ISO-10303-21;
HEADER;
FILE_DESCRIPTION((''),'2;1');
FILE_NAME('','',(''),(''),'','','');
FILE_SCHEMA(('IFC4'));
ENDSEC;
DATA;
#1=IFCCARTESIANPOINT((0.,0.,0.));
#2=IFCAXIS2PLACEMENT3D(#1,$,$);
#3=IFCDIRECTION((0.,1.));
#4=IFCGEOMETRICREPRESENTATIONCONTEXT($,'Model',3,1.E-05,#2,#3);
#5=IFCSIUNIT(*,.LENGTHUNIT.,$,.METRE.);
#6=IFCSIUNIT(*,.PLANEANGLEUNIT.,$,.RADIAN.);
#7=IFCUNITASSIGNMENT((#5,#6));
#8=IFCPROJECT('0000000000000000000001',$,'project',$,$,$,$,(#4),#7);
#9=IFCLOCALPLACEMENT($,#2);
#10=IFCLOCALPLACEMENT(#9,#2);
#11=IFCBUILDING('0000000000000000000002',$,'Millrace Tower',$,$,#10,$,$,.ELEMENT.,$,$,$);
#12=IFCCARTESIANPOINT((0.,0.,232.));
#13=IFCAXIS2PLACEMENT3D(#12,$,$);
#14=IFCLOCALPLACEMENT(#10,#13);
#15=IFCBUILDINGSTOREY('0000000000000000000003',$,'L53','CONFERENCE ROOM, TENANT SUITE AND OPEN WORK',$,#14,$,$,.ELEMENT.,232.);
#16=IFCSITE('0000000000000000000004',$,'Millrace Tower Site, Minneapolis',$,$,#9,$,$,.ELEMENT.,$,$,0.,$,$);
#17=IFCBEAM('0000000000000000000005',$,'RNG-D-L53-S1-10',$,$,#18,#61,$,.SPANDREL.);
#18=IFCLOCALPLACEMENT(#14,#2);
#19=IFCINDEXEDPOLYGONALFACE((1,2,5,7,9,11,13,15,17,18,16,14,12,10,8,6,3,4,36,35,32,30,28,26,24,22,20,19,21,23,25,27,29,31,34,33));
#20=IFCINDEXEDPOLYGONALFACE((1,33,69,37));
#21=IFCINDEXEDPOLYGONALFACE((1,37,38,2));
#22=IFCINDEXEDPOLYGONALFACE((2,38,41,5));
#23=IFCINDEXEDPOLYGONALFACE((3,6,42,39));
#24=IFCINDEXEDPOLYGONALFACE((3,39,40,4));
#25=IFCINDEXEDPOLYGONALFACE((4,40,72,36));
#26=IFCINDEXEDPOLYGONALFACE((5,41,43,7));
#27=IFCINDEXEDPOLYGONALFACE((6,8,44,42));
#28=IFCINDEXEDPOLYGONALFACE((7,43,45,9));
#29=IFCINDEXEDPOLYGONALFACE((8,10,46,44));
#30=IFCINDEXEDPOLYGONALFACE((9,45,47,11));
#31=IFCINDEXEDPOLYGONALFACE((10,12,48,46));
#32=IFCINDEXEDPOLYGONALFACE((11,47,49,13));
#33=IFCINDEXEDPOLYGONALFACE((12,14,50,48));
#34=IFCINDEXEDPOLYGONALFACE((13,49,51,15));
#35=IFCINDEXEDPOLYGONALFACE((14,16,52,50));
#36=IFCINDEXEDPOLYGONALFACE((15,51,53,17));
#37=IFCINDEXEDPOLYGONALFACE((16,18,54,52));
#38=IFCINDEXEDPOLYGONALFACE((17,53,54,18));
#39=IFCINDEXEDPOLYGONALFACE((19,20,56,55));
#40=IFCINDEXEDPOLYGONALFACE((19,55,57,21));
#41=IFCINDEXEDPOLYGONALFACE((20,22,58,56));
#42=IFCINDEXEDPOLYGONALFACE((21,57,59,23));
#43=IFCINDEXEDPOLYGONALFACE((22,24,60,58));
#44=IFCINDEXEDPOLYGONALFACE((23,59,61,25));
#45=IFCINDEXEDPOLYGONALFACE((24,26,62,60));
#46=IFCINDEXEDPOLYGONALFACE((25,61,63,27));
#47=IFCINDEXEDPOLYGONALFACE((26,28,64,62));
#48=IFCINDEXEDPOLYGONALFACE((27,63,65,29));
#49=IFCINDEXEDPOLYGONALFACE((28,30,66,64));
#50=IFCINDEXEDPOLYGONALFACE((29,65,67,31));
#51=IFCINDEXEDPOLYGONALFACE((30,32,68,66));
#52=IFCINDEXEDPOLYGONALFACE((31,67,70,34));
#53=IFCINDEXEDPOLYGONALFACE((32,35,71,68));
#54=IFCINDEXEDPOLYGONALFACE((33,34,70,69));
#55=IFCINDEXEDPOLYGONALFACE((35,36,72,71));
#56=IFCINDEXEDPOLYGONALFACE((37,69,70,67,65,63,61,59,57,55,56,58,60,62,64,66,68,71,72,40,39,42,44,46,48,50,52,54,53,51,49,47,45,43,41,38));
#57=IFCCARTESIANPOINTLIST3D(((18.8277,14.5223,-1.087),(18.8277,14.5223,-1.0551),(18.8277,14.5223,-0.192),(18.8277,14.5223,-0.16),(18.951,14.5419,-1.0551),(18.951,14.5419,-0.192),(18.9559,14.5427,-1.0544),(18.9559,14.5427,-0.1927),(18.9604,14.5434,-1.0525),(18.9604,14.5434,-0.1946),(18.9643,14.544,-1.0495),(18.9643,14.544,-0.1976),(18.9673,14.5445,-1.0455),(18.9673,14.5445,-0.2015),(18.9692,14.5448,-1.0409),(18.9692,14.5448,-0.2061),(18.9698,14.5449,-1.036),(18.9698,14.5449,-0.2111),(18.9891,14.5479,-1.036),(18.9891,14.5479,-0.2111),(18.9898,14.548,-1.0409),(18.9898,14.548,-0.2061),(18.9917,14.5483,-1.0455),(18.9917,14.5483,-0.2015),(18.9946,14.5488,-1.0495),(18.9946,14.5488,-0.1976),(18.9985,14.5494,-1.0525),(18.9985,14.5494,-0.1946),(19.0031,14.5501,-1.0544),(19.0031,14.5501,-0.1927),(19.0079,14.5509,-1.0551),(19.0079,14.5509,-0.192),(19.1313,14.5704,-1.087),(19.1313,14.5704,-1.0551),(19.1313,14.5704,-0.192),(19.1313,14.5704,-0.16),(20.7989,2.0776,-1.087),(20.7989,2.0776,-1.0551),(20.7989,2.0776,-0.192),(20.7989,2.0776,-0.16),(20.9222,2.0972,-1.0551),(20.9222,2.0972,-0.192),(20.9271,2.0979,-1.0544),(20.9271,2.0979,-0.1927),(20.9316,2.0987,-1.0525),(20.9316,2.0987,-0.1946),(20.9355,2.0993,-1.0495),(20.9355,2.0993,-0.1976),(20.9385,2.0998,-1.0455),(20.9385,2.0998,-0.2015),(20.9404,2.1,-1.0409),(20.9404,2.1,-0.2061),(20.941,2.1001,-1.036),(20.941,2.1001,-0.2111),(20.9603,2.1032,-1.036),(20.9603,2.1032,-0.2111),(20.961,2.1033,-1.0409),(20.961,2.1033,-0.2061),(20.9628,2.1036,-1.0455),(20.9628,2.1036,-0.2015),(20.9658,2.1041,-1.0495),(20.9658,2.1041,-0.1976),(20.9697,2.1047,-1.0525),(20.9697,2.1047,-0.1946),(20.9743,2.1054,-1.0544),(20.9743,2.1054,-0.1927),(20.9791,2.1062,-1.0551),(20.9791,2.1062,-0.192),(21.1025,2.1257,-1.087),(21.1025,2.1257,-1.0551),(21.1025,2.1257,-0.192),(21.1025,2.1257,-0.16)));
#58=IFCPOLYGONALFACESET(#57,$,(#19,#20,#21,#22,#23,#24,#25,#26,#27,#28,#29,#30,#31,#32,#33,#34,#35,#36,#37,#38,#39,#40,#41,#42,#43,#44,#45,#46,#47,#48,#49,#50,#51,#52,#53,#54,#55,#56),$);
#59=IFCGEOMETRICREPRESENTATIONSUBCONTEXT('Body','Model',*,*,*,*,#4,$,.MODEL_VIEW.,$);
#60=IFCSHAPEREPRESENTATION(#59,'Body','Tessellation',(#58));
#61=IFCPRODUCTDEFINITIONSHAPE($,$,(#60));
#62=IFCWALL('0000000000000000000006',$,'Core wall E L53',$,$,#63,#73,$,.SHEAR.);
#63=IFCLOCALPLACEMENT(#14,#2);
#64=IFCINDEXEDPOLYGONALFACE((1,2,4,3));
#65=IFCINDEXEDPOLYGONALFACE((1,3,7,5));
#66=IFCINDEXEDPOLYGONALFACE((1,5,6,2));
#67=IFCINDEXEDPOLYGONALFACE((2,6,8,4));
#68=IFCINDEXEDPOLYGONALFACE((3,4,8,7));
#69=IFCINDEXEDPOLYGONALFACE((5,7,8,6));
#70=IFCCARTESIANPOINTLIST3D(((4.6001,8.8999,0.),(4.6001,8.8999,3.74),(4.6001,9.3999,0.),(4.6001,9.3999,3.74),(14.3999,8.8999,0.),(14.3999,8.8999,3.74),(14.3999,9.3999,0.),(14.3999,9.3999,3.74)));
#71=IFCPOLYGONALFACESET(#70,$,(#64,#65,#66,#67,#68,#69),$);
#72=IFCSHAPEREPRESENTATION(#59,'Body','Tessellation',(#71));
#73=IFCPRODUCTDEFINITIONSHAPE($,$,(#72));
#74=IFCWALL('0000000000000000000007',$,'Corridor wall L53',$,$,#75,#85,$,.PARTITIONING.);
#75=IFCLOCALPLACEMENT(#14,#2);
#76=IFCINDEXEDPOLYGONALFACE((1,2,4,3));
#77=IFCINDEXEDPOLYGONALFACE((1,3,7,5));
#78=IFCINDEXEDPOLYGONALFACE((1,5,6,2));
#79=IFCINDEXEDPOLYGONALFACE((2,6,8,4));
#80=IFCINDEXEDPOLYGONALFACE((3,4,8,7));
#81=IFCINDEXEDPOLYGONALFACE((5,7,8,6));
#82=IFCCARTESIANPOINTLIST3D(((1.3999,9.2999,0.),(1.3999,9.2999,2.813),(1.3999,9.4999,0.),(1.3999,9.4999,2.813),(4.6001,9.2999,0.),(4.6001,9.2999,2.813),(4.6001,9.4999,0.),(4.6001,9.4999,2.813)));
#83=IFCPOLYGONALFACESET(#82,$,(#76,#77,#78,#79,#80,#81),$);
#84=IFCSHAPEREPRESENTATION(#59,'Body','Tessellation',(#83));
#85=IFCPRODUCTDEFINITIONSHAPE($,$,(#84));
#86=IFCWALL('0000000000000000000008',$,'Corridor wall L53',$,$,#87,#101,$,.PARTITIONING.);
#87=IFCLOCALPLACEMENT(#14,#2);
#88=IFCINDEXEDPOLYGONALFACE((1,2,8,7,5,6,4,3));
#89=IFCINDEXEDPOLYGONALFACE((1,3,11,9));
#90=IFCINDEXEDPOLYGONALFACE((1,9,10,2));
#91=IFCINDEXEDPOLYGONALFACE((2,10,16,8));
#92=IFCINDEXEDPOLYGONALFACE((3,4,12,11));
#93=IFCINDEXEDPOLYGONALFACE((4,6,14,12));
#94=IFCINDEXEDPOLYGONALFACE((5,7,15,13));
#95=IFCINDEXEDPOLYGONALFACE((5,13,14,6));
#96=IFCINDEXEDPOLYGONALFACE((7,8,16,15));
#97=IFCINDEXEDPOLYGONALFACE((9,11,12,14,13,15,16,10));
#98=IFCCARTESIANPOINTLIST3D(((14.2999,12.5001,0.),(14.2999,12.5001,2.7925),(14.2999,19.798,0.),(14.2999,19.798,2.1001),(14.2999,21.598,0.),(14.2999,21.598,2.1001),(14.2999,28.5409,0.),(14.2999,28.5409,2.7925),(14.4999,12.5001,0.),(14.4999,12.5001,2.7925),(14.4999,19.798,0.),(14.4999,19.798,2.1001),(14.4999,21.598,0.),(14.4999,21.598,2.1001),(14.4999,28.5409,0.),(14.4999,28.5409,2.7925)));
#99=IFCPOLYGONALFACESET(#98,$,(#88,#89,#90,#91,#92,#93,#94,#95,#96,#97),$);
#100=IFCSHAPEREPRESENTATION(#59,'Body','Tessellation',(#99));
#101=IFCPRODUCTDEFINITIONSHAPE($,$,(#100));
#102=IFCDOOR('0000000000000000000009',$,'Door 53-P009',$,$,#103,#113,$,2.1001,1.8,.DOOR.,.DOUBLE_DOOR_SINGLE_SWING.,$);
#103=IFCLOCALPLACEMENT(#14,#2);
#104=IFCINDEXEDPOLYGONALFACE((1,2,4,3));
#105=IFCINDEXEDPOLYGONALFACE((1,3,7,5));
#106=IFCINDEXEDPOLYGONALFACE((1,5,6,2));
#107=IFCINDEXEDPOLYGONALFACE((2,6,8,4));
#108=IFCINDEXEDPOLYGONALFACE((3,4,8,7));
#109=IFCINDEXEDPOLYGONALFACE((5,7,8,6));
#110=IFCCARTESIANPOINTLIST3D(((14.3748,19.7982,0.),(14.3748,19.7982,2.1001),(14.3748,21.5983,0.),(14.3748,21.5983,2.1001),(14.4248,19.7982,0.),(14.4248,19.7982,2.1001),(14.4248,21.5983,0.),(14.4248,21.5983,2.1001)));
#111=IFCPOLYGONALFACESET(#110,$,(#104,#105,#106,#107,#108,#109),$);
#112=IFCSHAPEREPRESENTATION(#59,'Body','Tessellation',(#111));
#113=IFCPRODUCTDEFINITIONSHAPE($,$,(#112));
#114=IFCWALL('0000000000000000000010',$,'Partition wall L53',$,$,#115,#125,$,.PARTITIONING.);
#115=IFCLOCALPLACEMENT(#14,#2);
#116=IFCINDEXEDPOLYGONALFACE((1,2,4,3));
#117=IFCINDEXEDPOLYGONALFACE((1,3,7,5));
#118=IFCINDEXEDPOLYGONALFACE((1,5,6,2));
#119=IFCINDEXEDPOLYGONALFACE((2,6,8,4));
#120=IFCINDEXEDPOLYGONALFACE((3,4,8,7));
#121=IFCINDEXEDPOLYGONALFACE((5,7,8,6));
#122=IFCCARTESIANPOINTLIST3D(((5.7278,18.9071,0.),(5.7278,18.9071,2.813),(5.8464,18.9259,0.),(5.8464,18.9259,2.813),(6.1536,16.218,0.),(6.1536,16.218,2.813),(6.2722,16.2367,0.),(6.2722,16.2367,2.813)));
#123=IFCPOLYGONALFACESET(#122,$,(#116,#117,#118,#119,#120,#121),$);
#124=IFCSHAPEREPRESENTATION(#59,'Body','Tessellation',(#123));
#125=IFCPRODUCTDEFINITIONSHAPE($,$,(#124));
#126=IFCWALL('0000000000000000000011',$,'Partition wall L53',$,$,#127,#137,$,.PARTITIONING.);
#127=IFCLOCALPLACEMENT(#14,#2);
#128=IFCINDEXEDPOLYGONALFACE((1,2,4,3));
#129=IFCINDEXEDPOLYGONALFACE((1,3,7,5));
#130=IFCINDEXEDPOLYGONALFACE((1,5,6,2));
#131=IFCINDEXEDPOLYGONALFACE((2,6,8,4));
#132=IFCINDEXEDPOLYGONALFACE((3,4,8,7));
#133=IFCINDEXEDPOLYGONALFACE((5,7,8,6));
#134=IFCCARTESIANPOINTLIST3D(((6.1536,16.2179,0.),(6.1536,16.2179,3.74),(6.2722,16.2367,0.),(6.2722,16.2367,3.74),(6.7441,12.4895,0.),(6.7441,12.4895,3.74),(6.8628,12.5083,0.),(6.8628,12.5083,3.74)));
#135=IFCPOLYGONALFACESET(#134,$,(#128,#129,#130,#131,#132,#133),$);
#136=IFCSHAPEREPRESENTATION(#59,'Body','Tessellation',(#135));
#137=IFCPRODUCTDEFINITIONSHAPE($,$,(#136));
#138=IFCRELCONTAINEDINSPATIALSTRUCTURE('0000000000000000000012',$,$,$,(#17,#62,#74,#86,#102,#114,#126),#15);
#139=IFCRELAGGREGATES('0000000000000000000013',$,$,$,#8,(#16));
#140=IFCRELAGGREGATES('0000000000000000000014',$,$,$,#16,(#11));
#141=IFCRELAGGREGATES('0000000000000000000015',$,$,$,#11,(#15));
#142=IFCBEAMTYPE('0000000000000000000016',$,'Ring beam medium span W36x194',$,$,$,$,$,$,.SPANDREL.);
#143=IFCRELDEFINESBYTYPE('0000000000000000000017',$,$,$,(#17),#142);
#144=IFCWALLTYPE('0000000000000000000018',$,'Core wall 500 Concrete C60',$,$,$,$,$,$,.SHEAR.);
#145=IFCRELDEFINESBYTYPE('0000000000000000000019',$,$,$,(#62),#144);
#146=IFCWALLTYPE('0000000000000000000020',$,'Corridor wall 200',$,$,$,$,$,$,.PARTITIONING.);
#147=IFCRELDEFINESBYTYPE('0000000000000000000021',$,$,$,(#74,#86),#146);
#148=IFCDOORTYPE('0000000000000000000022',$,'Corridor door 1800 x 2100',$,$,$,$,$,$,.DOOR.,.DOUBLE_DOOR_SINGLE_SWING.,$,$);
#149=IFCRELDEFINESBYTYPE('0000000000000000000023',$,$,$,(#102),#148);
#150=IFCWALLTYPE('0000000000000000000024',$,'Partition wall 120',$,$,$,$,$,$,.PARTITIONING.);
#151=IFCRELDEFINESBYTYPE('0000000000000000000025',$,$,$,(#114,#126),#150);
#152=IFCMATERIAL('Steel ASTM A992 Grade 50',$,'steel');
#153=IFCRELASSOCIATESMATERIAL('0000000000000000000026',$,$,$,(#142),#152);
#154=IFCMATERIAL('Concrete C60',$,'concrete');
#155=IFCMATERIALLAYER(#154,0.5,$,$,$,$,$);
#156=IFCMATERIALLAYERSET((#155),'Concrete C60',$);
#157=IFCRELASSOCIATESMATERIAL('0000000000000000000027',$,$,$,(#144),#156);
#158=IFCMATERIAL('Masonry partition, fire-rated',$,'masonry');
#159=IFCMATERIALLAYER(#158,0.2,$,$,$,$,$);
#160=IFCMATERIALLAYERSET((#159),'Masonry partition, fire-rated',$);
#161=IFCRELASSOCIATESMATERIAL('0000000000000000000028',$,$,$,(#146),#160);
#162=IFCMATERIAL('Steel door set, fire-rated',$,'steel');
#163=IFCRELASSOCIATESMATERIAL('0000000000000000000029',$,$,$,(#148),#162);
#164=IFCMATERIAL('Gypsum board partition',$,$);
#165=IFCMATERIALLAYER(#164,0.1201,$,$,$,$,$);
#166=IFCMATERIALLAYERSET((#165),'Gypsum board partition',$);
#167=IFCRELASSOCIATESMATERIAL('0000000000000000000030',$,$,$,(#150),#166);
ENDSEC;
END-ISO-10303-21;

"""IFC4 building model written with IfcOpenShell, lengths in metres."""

from ifc_helpers import new_model, si_unit, direction, frame, frame_2d, origin, origin_2d, place, context, subcontext, project, spatial, rectangle, i_section, extrude, material, layer, layer_set, material_profile, profile_set, type_object, element, fill, save


model = new_model("IFC4")

# Units and contexts
model_context = context("Model", 3, precision=1e-05, world=origin(), true_north=direction((0.0, 1.0)))
body_context = subcontext(model_context, "Body", "Model", "MODEL_VIEW")
ifc_project = project(units=[si_unit("LENGTHUNIT", "METRE"), si_unit("PLANEANGLEUNIT", "RADIAN")], contexts=[model_context])

# Site, building, storey
site_placement = place(None, origin())
site = spatial("IfcSite", under=ifc_project, at=site_placement, Name="Millrace Tower Site, Minneapolis", CompositionType="ELEMENT", RefElevation=0.0)
building_placement = place(site_placement, origin())
building = spatial("IfcBuilding", under=site, at=building_placement, Name="Millrace Tower", CompositionType="ELEMENT")
storey_placement = place(building_placement, frame((0.0, 0.0, 232.0)))
storey = spatial("IfcBuildingStorey", under=building, at=storey_placement, Name="L53", Description="CONFERENCE ROOM, TENANT SUITE AND OPEN WORK", CompositionType="ELEMENT", Elevation=232.0)

# Beam
ifc_material_1 = material(Name="Steel ASTM A992 Grade 50", Category="steel")
ifc_material_profile_1 = material_profile(ifc_material_1, i_section(OverallWidth=0.3074, OverallDepth=0.927, WebThickness=0.0195, FlangeThickness=0.032, FilletRadius=0.019, at=origin_2d()))
ifc_profile_set_1 = profile_set([ifc_material_profile_1], Name="Steel ASTM A992 Grade 50")
beam_type_1 = type_object("IfcBeamType", Name="Ring beam medium span W36x194", PredefinedType="SPANDREL", material=ifc_profile_set_1)
beam_1_placement = place(storey_placement, frame((18.9795, 14.5464, -0.6235), z_axis=(0.156444, -0.987687, 0.0), x_axis=(0.987687, 0.156444, 0.0)))
element("IfcBeam", 1, at=beam_1_placement, inside=storey, type_object=beam_type_1, Name="RNG-D-L53-S1-10", PredefinedType="SPANDREL", context=body_context, shape_type="SweptSolid", body=[
    extrude(i_section(OverallWidth=0.3074, OverallDepth=0.927, WebThickness=0.0195, FlangeThickness=0.032, FilletRadius=0.019, at=origin_2d()), origin(), (0.0, 0.0, 1.0), 12.5999),
])

# Walls
ifc_material_2 = material(Name="Concrete C60", Category="concrete")
ifc_layer_1 = layer(ifc_material_2, 0.5)
ifc_layer_set_1 = layer_set([ifc_layer_1], Name="Concrete C60")
wall_type_1 = type_object("IfcWallType", Name="Core wall 500 Concrete C60", PredefinedType="SHEAR", material=ifc_layer_set_1)
wall_1_placement = place(storey_placement, frame((14.3999, 9.1499, 0.0), z_axis=(0.0, 0.0, 1.0), x_axis=(-1.0, 0.0, 0.0)))
element("IfcWall", 2, at=wall_1_placement, inside=storey, type_object=wall_type_1, Name="Core wall E L53", PredefinedType="SHEAR", context=body_context, shape_type="SweptSolid", body=[
    extrude(rectangle(XDim=9.7998, YDim=0.5, at=frame_2d((4.8999, 0.0))), origin(), (0.0, 0.0, 1.0), 3.74),
])
ifc_material_3 = material(Name="Masonry partition, fire-rated", Category="masonry")
ifc_layer_2 = layer(ifc_material_3, 0.2)
ifc_layer_set_2 = layer_set([ifc_layer_2], Name="Masonry partition, fire-rated")
wall_type_2 = type_object("IfcWallType", Name="Corridor wall 200", PredefinedType="PARTITIONING", material=ifc_layer_set_2)
wall_2_placement = place(storey_placement, frame((1.3999, 9.3999, 0.0), z_axis=(0.0, 0.0, 1.0), x_axis=(1.0, 0.0, 0.0)))
element("IfcWall", 3, at=wall_2_placement, inside=storey, type_object=wall_type_2, Name="Corridor wall L53", PredefinedType="PARTITIONING", context=body_context, shape_type="SweptSolid", body=[
    extrude(rectangle(XDim=3.2002, YDim=0.2, at=frame_2d((1.6001, 0.0))), origin(), (0.0, 0.0, 1.0), 2.813),
])

# Wall, opening, door
wall_3_placement = place(storey_placement, frame((14.3999, 12.5, 0.0), z_axis=(0.0, 0.0, 1.0), x_axis=(0.0, 1.0, 0.0)))
wall_3 = element("IfcWall", 4, at=wall_3_placement, inside=storey, type_object=wall_type_2, Name="Corridor wall L53", PredefinedType="PARTITIONING", context=body_context, shape_type="SweptSolid", body=[
    extrude(rectangle(XDim=16.0408, YDim=0.2, at=frame_2d((8.0205, 0.0))), origin(), (0.0, 0.0, 1.0), 2.7925),
])
opening_placement = place(wall_3_placement, frame((7.2981, 0.0, 0.0)))
opening = element("IfcOpeningElement", 5, at=opening_placement, cuts=wall_3, PredefinedType="OPENING", context=body_context, shape_type="SweptSolid", body=[
    extrude(rectangle(XDim=1.8, YDim=2.1001, at=frame_2d((0.8999, 1.05))), frame((0.0, 0.1099, 0.0), z_axis=(0.0, -1.0, 0.0), x_axis=(1.0, 0.0, 0.0)), (0.0, 0.0, 1.0), 0.22),
])
ifc_material_4 = material(Name="Steel door set, fire-rated", Category="steel")
door_type = type_object("IfcDoorType", Name="Corridor door 1800 x 2100", OperationType="DOUBLE_DOOR_SINGLE_SWING", PredefinedType="DOOR", material=ifc_material_4)
door_placement = place(opening_placement, frame((1.8, 0.0, 0.0), z_axis=(0.0, 0.0, 1.0), x_axis=(-1.0, 0.0, 0.0)))
door = element("IfcDoor", 6, at=door_placement, inside=storey, type_object=door_type, Name="Door 53-P009", OperationType="DOUBLE_DOOR_SINGLE_SWING", OverallHeight=2.1001, OverallWidth=1.8, PredefinedType="DOOR", context=body_context, shape_type="SweptSolid", body=[
    extrude(rectangle(XDim=1.8, YDim=2.1001, at=frame_2d((0.8999, 1.05))), frame((0.0, 0.0249, 0.0), z_axis=(0.0, -1.0, 0.0), x_axis=(1.0, 0.0, 0.0)), (0.0, 0.0, 1.0), 0.05),
])
fill(opening, door)

# Walls
ifc_material_5 = material(Name="Gypsum board partition")
ifc_layer_3 = layer(ifc_material_5, 0.1201)
ifc_layer_set_3 = layer_set([ifc_layer_3], Name="Gypsum board partition")
wall_type_3 = type_object("IfcWallType", Name="Partition wall 120", PredefinedType="PARTITIONING", material=ifc_layer_set_3)
wall_4_placement = place(storey_placement, frame((5.7871, 18.9165, 0.0), z_axis=(0.0, 0.0, 1.0), x_axis=(0.156382, -0.987697, 0.0)))
element("IfcWall", 7, at=wall_4_placement, inside=storey, type_object=wall_type_3, Name="Partition wall L53", PredefinedType="PARTITIONING", context=body_context, shape_type="SweptSolid", body=[
    extrude(rectangle(XDim=2.7227, YDim=0.1201, at=frame_2d((1.3613, 0.0))), origin(), (0.0, 0.0, 1.0), 2.813),
])
wall_5_placement = place(storey_placement, frame((6.2129, 16.2273, 0.0), z_axis=(0.0, 0.0, 1.0), x_axis=(0.156444, -0.987687, 0.0)))
element("IfcWall", 8, at=wall_5_placement, inside=storey, type_object=wall_type_3, Name="Partition wall L53", PredefinedType="PARTITIONING", context=body_context, shape_type="SweptSolid", body=[
    extrude(rectangle(XDim=3.7749, YDim=0.1201, at=frame_2d((1.8875, 0.0))), origin(), (0.0, 0.0, 1.0), 3.74),
])

save(model, "model.ifc")
